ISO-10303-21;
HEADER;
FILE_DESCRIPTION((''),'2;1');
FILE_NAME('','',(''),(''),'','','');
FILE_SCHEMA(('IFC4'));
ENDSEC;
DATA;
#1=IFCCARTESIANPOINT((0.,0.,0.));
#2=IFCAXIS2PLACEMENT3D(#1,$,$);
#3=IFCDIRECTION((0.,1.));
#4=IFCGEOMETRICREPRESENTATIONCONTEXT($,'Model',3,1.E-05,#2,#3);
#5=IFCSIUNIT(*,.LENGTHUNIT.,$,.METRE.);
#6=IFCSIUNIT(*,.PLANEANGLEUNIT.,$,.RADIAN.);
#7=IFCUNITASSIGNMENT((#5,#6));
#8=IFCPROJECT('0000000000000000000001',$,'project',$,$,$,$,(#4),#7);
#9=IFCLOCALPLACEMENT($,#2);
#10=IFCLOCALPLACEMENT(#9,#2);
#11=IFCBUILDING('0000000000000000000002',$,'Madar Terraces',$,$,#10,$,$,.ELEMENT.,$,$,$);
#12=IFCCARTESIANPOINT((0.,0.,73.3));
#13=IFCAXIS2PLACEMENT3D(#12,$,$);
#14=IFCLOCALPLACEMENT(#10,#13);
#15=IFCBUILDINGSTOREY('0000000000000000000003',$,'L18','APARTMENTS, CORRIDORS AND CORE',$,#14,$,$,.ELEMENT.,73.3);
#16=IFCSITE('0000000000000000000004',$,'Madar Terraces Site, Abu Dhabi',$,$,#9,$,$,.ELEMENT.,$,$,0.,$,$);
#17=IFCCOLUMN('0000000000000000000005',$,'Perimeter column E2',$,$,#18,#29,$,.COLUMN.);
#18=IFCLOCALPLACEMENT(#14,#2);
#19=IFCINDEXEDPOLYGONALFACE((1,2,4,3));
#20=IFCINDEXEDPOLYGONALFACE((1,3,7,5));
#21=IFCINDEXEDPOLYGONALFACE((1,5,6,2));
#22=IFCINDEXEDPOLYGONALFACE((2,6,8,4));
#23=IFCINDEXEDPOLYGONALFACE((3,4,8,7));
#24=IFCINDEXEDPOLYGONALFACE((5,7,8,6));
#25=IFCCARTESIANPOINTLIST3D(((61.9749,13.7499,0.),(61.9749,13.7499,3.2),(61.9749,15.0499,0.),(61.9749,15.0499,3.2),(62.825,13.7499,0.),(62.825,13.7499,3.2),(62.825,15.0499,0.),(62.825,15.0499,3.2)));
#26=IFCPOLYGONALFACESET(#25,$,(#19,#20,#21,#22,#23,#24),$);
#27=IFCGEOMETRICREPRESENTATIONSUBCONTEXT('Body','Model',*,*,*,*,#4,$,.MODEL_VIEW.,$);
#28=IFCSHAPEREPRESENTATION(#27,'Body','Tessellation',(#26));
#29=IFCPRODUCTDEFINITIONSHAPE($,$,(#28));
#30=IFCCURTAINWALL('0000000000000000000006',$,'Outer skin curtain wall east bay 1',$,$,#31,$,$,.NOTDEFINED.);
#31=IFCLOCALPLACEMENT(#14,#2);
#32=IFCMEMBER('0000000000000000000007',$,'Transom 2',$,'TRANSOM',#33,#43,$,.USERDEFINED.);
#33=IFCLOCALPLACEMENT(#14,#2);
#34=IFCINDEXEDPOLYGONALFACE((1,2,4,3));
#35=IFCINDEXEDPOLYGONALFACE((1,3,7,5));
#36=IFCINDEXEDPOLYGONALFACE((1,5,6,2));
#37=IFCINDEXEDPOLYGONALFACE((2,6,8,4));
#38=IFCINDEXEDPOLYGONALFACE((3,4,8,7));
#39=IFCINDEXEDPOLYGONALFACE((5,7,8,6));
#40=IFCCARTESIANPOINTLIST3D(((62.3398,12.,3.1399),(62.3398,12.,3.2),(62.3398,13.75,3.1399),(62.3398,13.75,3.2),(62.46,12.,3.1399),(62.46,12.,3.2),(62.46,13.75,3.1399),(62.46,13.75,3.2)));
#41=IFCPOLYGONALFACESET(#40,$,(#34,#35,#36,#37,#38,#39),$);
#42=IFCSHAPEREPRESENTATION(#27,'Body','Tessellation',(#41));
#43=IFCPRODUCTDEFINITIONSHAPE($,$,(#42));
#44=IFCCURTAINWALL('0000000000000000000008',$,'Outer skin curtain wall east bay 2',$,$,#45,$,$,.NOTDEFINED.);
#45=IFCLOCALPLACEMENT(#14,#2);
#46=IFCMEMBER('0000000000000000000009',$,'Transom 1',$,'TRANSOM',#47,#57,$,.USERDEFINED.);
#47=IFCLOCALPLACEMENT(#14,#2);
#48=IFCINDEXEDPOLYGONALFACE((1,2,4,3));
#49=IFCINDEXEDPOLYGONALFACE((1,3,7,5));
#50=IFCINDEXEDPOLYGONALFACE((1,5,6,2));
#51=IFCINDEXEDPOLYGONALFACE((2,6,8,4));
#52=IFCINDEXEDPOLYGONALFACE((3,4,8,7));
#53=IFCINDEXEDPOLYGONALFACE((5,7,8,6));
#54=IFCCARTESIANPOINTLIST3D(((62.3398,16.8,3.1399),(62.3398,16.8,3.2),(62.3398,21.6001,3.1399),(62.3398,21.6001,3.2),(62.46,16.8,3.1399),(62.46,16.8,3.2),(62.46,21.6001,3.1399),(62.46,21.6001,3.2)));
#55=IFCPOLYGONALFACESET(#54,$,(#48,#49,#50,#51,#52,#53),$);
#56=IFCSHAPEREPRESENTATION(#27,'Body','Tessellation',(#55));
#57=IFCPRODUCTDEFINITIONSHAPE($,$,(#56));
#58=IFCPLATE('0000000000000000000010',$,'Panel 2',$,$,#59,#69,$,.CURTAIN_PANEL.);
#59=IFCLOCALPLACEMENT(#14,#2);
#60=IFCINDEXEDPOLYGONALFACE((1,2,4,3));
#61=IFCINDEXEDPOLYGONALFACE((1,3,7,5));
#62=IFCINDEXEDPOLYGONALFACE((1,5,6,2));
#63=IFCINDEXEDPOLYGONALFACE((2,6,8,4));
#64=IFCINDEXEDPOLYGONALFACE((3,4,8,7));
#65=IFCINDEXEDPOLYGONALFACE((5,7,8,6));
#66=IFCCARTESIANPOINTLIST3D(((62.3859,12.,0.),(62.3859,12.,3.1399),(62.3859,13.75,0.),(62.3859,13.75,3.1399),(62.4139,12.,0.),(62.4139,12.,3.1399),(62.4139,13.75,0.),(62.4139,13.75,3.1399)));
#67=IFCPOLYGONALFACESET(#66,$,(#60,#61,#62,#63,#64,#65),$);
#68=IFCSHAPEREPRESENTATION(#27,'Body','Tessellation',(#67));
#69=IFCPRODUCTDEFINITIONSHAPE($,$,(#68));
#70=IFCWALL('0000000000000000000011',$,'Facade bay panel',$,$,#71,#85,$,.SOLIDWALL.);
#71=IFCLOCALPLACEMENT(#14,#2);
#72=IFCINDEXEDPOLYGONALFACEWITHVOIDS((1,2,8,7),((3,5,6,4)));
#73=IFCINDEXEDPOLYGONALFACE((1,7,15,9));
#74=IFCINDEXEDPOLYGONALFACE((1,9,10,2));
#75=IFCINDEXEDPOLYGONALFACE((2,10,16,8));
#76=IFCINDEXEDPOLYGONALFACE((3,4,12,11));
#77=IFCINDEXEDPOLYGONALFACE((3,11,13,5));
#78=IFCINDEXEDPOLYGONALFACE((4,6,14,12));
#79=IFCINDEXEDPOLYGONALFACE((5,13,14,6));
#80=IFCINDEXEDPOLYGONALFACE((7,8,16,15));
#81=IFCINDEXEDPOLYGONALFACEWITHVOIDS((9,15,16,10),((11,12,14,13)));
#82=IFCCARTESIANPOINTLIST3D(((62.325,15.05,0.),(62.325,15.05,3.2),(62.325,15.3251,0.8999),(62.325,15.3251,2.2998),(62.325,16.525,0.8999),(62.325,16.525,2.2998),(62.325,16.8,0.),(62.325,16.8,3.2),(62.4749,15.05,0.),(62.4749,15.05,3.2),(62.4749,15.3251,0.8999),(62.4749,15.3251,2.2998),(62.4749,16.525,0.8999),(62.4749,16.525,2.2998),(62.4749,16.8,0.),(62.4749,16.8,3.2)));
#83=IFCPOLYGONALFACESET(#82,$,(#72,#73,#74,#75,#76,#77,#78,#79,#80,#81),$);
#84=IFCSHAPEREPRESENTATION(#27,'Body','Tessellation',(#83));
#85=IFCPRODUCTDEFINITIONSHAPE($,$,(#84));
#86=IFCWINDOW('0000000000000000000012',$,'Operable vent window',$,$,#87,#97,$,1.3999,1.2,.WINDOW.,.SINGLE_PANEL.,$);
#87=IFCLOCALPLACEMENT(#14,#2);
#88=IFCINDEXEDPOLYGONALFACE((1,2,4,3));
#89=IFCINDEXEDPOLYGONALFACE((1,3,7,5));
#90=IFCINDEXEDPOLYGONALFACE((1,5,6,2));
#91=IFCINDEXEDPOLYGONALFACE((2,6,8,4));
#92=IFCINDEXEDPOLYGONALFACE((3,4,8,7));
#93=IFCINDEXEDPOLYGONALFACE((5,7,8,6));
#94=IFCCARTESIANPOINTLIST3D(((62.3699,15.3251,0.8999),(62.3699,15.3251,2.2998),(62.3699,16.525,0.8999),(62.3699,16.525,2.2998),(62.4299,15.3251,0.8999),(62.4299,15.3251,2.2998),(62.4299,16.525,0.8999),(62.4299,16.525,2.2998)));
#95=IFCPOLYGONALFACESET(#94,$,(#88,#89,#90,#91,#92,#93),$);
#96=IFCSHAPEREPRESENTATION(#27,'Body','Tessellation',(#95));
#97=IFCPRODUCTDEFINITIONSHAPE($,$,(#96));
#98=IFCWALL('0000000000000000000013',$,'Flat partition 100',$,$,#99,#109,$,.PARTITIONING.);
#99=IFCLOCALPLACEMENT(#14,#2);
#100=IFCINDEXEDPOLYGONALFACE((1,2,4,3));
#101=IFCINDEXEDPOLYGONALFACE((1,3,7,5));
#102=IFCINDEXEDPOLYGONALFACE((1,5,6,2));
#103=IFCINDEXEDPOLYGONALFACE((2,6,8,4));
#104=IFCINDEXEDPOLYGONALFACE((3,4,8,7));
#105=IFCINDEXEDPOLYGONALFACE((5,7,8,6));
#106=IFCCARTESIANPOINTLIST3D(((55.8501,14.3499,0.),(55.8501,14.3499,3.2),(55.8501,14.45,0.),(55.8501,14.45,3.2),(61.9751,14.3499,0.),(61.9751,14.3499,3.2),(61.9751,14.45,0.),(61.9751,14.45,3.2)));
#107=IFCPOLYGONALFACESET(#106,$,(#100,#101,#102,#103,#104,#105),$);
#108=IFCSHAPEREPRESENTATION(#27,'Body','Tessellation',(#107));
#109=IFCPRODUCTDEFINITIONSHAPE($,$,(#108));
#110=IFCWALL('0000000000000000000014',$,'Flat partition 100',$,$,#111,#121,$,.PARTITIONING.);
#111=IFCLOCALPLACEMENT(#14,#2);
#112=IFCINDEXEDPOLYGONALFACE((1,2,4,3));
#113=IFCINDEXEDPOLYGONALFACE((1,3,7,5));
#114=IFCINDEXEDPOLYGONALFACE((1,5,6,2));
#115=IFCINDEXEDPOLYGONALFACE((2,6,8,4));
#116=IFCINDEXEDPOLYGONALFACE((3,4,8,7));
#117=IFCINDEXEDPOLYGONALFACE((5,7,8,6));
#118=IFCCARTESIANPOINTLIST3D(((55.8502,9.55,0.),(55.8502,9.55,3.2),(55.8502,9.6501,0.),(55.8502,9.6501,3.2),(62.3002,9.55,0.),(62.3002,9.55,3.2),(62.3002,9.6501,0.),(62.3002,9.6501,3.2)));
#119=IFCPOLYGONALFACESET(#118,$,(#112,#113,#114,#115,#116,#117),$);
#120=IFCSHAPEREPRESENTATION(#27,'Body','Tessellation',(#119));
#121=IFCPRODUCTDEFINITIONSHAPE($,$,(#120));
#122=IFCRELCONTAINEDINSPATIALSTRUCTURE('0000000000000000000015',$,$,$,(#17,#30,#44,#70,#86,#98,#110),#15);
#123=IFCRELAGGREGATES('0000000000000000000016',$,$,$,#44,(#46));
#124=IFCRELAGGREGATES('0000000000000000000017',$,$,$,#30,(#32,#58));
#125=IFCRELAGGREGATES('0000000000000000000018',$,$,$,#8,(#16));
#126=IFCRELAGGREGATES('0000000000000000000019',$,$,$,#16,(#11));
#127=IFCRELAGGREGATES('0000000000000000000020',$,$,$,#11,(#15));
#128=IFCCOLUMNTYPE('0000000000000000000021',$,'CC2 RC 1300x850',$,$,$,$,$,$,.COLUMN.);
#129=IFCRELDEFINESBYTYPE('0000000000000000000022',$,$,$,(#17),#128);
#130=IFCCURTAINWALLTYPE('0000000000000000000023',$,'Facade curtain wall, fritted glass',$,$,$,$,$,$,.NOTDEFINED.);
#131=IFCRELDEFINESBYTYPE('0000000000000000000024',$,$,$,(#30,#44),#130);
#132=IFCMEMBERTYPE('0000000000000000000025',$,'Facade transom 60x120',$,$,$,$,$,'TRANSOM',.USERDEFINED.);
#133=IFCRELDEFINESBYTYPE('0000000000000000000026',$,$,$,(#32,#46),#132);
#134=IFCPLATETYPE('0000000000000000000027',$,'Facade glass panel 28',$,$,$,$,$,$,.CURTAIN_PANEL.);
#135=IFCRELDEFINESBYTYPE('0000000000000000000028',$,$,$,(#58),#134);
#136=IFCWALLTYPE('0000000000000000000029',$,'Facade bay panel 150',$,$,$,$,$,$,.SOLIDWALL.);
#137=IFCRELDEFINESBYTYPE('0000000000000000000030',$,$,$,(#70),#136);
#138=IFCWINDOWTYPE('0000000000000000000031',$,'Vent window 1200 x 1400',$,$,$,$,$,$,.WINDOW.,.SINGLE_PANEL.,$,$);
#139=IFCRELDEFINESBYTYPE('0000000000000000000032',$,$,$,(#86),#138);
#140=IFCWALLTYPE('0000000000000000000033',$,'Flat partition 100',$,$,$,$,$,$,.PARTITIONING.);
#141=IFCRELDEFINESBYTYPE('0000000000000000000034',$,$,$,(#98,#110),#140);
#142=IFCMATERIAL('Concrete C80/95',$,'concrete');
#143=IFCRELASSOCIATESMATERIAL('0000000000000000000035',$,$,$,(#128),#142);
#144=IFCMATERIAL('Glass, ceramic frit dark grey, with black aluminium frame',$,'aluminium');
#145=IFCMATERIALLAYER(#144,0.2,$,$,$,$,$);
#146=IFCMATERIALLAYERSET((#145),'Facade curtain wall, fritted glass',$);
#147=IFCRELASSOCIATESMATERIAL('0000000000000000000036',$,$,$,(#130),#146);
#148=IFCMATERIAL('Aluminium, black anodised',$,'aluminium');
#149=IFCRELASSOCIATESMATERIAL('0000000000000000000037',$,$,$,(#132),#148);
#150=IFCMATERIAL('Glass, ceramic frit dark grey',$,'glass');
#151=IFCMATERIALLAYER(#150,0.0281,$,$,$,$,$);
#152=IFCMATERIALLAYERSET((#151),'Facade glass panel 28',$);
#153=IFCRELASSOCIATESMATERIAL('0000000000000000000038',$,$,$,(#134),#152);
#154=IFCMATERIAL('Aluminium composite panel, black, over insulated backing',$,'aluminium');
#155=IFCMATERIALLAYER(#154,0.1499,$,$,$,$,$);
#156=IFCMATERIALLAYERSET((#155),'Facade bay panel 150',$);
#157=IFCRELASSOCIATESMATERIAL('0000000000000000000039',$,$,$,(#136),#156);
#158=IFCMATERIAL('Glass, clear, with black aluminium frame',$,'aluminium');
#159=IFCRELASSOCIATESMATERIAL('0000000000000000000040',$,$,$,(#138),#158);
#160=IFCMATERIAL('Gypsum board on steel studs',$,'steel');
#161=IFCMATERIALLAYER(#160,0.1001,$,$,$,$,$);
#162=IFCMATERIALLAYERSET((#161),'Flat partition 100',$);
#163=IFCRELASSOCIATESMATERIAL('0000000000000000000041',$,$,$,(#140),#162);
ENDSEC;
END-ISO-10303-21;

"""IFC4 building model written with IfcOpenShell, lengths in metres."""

from ifc_helpers import new_model, si_unit, direction, frame, frame_2d, origin, origin_2d, place, context, subcontext, project, spatial, rectangle, extrude, material, layer, layer_set, material_profile, profile_set, type_object, element, fill, aggregate, save


model = new_model("IFC4")

# Units and contexts
model_context = context("Model", 3, precision=1e-05, world=origin(), true_north=direction((0.0, 1.0)))
body_context = subcontext(model_context, "Body", "Model", "MODEL_VIEW")
ifc_project = project(units=[si_unit("LENGTHUNIT", "METRE"), si_unit("PLANEANGLEUNIT", "RADIAN")], contexts=[model_context])

# Site, building, storey
site_placement = place(None, origin())
site = spatial("IfcSite", under=ifc_project, at=site_placement, Name="Madar Terraces Site, Abu Dhabi", CompositionType="ELEMENT", RefElevation=0.0)
building_placement = place(site_placement, origin())
building = spatial("IfcBuilding", under=site, at=building_placement, Name="Madar Terraces", CompositionType="ELEMENT")
storey_placement = place(building_placement, frame((0.0, 0.0, 73.3)))
storey = spatial("IfcBuildingStorey", under=building, at=storey_placement, Name="L18", Description="APARTMENTS, CORRIDORS AND CORE", CompositionType="ELEMENT", Elevation=73.3)

# Column
ifc_material_1 = material(Name="Concrete C80/95", Category="concrete")
ifc_material_profile_1 = material_profile(ifc_material_1, rectangle(XDim=1.3, YDim=0.8501, at=origin_2d()), Name="CC2 RC 1300x850")
ifc_profile_set_1 = profile_set([ifc_material_profile_1], Name="Concrete C80/95")
column_type = type_object("IfcColumnType", Name="CC2 RC 1300x850", PredefinedType="COLUMN", material=ifc_profile_set_1)
column_placement = place(storey_placement, frame((62.3999, 14.3999, 0.0), z_axis=(0.0, 0.0, 1.0), x_axis=(0.0, 1.0, 0.0)))
element("IfcColumn", 1, at=column_placement, inside=storey, type_object=column_type, Name="Perimeter column E2", PredefinedType="COLUMN", context=body_context, shape_type="SweptSolid", body=[
    extrude(rectangle(XDim=1.3, YDim=0.8501, at=origin_2d()), origin(), (0.0, 0.0, 1.0), 3.2),
])

# Curtain walls, members
ifc_material_2 = material(Name="Glass, ceramic frit dark grey, with black aluminium frame", Category="aluminium")
ifc_layer_1 = layer(ifc_material_2, 0.2)
ifc_layer_set_1 = layer_set([ifc_layer_1], Name="Facade curtain wall, fritted glass")
curtain_wall_type = type_object("IfcCurtainWallType", Name="Facade curtain wall, fritted glass", PredefinedType="NOTDEFINED", material=ifc_layer_set_1)
curtain_wall_1_placement = place(storey_placement, origin())
curtain_wall_1 = element("IfcCurtainWall", 2, at=curtain_wall_1_placement, inside=storey, type_object=curtain_wall_type, Name="Outer skin curtain wall east bay 1", PredefinedType="NOTDEFINED")
ifc_material_3 = material(Name="Aluminium, black anodised", Category="aluminium")
ifc_material_profile_2 = material_profile(ifc_material_3, rectangle(XDim=0.1201, YDim=0.0601, at=origin_2d()), Name="Facade transom 60x120")
ifc_profile_set_2 = profile_set([ifc_material_profile_2], Name="Aluminium, black anodised")
member_type = type_object("IfcMemberType", Name="Facade transom 60x120", ElementType="TRANSOM", PredefinedType="USERDEFINED", material=ifc_profile_set_2)
member_1_placement = place(storey_placement, frame((62.3999, 12.0, 3.1699), z_axis=(0.0, 1.0, 0.0), x_axis=(-1.0, 0.0, 0.0)))
member_1 = element("IfcMember", 3, at=member_1_placement, type_object=member_type, Name="Transom 2", ObjectType="TRANSOM", PredefinedType="USERDEFINED", context=body_context, shape_type="SweptSolid", body=[
    extrude(rectangle(XDim=0.1201, YDim=0.0601, at=origin_2d()), origin(), (0.0, 0.0, 1.0), 1.75),
])
curtain_wall_2_placement = place(storey_placement, origin())
curtain_wall_2 = element("IfcCurtainWall", 4, at=curtain_wall_2_placement, inside=storey, type_object=curtain_wall_type, Name="Outer skin curtain wall east bay 2", PredefinedType="NOTDEFINED")
member_2_placement = place(storey_placement, frame((62.3999, 16.8, 3.1699), z_axis=(0.0, 1.0, 0.0), x_axis=(-1.0, 0.0, 0.0)))
member_2 = element("IfcMember", 5, at=member_2_placement, type_object=member_type, Name="Transom 1", ObjectType="TRANSOM", PredefinedType="USERDEFINED", context=body_context, shape_type="SweptSolid", body=[
    extrude(rectangle(XDim=0.1201, YDim=0.0601, at=origin_2d()), origin(), (0.0, 0.0, 1.0), 4.8),
])
aggregate(curtain_wall_2, [member_2])

# Plate
ifc_material_4 = material(Name="Glass, ceramic frit dark grey", Category="glass")
ifc_layer_2 = layer(ifc_material_4, 0.0281)
ifc_layer_set_2 = layer_set([ifc_layer_2], Name="Facade glass panel 28")
plate_type = type_object("IfcPlateType", Name="Facade glass panel 28", PredefinedType="CURTAIN_PANEL", material=ifc_layer_set_2)
plate_placement = place(storey_placement, frame((62.3999, 12.875, 0.0), z_axis=(0.0, 0.0, 1.0), x_axis=(0.0, 1.0, 0.0)))
plate = element("IfcPlate", 6, at=plate_placement, type_object=plate_type, Name="Panel 2", PredefinedType="CURTAIN_PANEL", context=body_context, shape_type="SweptSolid", body=[
    extrude(rectangle(XDim=1.75, YDim=0.0281, at=origin_2d()), origin(), (0.0, 0.0, 1.0), 3.1399),
])
aggregate(curtain_wall_1, [member_1, plate])

# Shared definitions
ifc_material_5 = material(Name="Aluminium composite panel, black, over insulated backing", Category="aluminium")
ifc_layer_3 = layer(ifc_material_5, 0.1499)
ifc_layer_set_3 = layer_set([ifc_layer_3], Name="Facade bay panel 150")
wall_type_1 = type_object("IfcWallType", Name="Facade bay panel 150", PredefinedType="SOLIDWALL", material=ifc_layer_set_3)

# Wall, opening, window
wall_1_placement = place(storey_placement, frame((62.3999, 15.05, 0.0), z_axis=(0.0, 0.0, 1.0), x_axis=(0.0, 1.0, 0.0)))
wall_1 = element("IfcWall", 7, at=wall_1_placement, inside=storey, type_object=wall_type_1, Name="Facade bay panel", PredefinedType="SOLIDWALL", context=body_context, shape_type="SweptSolid", body=[
    extrude(rectangle(XDim=1.75, YDim=0.1499, at=frame_2d((0.875, 0.0))), origin(), (0.0, 0.0, 1.0), 3.2),
])
opening_1_placement = place(wall_1_placement, frame((0.2749, 0.0, 0.8999)))
opening_1 = element("IfcOpeningElement", 8, at=opening_1_placement, cuts=wall_1, PredefinedType="OPENING", context=body_context, shape_type="SweptSolid", body=[
    extrude(rectangle(XDim=1.2, YDim=1.3999, at=frame_2d((0.6001, 0.7))), frame((0.0, 0.085, 0.0), z_axis=(0.0, -1.0, 0.0), x_axis=(1.0, 0.0, 0.0)), (0.0, 0.0, 1.0), 0.1699),
])
ifc_material_6 = material(Name="Glass, clear, with black aluminium frame", Category="aluminium")
window_type = type_object("IfcWindowType", Name="Vent window 1200 x 1400", PartitioningType="SINGLE_PANEL", PredefinedType="WINDOW", material=ifc_material_6)
window_placement = place(opening_1_placement, origin())
window = element("IfcWindow", 9, at=window_placement, inside=storey, type_object=window_type, Name="Operable vent window", OverallHeight=1.3999, OverallWidth=1.2, PartitioningType="SINGLE_PANEL", PredefinedType="WINDOW", context=body_context, shape_type="SweptSolid", body=[
    extrude(rectangle(XDim=1.2, YDim=1.3999, at=frame_2d((0.6001, 0.7))), frame((0.0, 0.03, 0.0), z_axis=(0.0, -1.0, 0.0), x_axis=(1.0, 0.0, 0.0)), (0.0, 0.0, 1.0), 0.0601),
])
fill(opening_1, window)

# Walls
ifc_material_7 = material(Name="Gypsum board on steel studs", Category="steel")
ifc_layer_4 = layer(ifc_material_7, 0.1001)
ifc_layer_set_4 = layer_set([ifc_layer_4], Name="Flat partition 100")
wall_type_2 = type_object("IfcWallType", Name="Flat partition 100", PredefinedType="PARTITIONING", material=ifc_layer_set_4)
wall_2_placement = place(storey_placement, frame((55.8501, 14.3999, 0.0), z_axis=(0.0, 0.0, 1.0), x_axis=(1.0, 0.0, 0.0)))
element("IfcWall", 10, at=wall_2_placement, inside=storey, type_object=wall_type_2, Name="Flat partition 100", PredefinedType="PARTITIONING", context=body_context, shape_type="SweptSolid", body=[
    extrude(rectangle(XDim=6.125, YDim=0.1001, at=frame_2d((3.0625, 0.0))), origin(), (0.0, 0.0, 1.0), 3.2),
])
wall_3_placement = place(storey_placement, frame((55.8501, 9.6001, 0.0), z_axis=(0.0, 0.0, 1.0), x_axis=(1.0, 0.0, 0.0)))
element("IfcWall", 11, at=wall_3_placement, inside=storey, type_object=wall_type_2, Name="Flat partition 100", PredefinedType="PARTITIONING", context=body_context, shape_type="SweptSolid", body=[
    extrude(rectangle(XDim=6.45, YDim=0.1001, at=frame_2d((3.2251, 0.0))), origin(), (0.0, 0.0, 1.0), 3.2),
])

save(model, "model.ifc")
